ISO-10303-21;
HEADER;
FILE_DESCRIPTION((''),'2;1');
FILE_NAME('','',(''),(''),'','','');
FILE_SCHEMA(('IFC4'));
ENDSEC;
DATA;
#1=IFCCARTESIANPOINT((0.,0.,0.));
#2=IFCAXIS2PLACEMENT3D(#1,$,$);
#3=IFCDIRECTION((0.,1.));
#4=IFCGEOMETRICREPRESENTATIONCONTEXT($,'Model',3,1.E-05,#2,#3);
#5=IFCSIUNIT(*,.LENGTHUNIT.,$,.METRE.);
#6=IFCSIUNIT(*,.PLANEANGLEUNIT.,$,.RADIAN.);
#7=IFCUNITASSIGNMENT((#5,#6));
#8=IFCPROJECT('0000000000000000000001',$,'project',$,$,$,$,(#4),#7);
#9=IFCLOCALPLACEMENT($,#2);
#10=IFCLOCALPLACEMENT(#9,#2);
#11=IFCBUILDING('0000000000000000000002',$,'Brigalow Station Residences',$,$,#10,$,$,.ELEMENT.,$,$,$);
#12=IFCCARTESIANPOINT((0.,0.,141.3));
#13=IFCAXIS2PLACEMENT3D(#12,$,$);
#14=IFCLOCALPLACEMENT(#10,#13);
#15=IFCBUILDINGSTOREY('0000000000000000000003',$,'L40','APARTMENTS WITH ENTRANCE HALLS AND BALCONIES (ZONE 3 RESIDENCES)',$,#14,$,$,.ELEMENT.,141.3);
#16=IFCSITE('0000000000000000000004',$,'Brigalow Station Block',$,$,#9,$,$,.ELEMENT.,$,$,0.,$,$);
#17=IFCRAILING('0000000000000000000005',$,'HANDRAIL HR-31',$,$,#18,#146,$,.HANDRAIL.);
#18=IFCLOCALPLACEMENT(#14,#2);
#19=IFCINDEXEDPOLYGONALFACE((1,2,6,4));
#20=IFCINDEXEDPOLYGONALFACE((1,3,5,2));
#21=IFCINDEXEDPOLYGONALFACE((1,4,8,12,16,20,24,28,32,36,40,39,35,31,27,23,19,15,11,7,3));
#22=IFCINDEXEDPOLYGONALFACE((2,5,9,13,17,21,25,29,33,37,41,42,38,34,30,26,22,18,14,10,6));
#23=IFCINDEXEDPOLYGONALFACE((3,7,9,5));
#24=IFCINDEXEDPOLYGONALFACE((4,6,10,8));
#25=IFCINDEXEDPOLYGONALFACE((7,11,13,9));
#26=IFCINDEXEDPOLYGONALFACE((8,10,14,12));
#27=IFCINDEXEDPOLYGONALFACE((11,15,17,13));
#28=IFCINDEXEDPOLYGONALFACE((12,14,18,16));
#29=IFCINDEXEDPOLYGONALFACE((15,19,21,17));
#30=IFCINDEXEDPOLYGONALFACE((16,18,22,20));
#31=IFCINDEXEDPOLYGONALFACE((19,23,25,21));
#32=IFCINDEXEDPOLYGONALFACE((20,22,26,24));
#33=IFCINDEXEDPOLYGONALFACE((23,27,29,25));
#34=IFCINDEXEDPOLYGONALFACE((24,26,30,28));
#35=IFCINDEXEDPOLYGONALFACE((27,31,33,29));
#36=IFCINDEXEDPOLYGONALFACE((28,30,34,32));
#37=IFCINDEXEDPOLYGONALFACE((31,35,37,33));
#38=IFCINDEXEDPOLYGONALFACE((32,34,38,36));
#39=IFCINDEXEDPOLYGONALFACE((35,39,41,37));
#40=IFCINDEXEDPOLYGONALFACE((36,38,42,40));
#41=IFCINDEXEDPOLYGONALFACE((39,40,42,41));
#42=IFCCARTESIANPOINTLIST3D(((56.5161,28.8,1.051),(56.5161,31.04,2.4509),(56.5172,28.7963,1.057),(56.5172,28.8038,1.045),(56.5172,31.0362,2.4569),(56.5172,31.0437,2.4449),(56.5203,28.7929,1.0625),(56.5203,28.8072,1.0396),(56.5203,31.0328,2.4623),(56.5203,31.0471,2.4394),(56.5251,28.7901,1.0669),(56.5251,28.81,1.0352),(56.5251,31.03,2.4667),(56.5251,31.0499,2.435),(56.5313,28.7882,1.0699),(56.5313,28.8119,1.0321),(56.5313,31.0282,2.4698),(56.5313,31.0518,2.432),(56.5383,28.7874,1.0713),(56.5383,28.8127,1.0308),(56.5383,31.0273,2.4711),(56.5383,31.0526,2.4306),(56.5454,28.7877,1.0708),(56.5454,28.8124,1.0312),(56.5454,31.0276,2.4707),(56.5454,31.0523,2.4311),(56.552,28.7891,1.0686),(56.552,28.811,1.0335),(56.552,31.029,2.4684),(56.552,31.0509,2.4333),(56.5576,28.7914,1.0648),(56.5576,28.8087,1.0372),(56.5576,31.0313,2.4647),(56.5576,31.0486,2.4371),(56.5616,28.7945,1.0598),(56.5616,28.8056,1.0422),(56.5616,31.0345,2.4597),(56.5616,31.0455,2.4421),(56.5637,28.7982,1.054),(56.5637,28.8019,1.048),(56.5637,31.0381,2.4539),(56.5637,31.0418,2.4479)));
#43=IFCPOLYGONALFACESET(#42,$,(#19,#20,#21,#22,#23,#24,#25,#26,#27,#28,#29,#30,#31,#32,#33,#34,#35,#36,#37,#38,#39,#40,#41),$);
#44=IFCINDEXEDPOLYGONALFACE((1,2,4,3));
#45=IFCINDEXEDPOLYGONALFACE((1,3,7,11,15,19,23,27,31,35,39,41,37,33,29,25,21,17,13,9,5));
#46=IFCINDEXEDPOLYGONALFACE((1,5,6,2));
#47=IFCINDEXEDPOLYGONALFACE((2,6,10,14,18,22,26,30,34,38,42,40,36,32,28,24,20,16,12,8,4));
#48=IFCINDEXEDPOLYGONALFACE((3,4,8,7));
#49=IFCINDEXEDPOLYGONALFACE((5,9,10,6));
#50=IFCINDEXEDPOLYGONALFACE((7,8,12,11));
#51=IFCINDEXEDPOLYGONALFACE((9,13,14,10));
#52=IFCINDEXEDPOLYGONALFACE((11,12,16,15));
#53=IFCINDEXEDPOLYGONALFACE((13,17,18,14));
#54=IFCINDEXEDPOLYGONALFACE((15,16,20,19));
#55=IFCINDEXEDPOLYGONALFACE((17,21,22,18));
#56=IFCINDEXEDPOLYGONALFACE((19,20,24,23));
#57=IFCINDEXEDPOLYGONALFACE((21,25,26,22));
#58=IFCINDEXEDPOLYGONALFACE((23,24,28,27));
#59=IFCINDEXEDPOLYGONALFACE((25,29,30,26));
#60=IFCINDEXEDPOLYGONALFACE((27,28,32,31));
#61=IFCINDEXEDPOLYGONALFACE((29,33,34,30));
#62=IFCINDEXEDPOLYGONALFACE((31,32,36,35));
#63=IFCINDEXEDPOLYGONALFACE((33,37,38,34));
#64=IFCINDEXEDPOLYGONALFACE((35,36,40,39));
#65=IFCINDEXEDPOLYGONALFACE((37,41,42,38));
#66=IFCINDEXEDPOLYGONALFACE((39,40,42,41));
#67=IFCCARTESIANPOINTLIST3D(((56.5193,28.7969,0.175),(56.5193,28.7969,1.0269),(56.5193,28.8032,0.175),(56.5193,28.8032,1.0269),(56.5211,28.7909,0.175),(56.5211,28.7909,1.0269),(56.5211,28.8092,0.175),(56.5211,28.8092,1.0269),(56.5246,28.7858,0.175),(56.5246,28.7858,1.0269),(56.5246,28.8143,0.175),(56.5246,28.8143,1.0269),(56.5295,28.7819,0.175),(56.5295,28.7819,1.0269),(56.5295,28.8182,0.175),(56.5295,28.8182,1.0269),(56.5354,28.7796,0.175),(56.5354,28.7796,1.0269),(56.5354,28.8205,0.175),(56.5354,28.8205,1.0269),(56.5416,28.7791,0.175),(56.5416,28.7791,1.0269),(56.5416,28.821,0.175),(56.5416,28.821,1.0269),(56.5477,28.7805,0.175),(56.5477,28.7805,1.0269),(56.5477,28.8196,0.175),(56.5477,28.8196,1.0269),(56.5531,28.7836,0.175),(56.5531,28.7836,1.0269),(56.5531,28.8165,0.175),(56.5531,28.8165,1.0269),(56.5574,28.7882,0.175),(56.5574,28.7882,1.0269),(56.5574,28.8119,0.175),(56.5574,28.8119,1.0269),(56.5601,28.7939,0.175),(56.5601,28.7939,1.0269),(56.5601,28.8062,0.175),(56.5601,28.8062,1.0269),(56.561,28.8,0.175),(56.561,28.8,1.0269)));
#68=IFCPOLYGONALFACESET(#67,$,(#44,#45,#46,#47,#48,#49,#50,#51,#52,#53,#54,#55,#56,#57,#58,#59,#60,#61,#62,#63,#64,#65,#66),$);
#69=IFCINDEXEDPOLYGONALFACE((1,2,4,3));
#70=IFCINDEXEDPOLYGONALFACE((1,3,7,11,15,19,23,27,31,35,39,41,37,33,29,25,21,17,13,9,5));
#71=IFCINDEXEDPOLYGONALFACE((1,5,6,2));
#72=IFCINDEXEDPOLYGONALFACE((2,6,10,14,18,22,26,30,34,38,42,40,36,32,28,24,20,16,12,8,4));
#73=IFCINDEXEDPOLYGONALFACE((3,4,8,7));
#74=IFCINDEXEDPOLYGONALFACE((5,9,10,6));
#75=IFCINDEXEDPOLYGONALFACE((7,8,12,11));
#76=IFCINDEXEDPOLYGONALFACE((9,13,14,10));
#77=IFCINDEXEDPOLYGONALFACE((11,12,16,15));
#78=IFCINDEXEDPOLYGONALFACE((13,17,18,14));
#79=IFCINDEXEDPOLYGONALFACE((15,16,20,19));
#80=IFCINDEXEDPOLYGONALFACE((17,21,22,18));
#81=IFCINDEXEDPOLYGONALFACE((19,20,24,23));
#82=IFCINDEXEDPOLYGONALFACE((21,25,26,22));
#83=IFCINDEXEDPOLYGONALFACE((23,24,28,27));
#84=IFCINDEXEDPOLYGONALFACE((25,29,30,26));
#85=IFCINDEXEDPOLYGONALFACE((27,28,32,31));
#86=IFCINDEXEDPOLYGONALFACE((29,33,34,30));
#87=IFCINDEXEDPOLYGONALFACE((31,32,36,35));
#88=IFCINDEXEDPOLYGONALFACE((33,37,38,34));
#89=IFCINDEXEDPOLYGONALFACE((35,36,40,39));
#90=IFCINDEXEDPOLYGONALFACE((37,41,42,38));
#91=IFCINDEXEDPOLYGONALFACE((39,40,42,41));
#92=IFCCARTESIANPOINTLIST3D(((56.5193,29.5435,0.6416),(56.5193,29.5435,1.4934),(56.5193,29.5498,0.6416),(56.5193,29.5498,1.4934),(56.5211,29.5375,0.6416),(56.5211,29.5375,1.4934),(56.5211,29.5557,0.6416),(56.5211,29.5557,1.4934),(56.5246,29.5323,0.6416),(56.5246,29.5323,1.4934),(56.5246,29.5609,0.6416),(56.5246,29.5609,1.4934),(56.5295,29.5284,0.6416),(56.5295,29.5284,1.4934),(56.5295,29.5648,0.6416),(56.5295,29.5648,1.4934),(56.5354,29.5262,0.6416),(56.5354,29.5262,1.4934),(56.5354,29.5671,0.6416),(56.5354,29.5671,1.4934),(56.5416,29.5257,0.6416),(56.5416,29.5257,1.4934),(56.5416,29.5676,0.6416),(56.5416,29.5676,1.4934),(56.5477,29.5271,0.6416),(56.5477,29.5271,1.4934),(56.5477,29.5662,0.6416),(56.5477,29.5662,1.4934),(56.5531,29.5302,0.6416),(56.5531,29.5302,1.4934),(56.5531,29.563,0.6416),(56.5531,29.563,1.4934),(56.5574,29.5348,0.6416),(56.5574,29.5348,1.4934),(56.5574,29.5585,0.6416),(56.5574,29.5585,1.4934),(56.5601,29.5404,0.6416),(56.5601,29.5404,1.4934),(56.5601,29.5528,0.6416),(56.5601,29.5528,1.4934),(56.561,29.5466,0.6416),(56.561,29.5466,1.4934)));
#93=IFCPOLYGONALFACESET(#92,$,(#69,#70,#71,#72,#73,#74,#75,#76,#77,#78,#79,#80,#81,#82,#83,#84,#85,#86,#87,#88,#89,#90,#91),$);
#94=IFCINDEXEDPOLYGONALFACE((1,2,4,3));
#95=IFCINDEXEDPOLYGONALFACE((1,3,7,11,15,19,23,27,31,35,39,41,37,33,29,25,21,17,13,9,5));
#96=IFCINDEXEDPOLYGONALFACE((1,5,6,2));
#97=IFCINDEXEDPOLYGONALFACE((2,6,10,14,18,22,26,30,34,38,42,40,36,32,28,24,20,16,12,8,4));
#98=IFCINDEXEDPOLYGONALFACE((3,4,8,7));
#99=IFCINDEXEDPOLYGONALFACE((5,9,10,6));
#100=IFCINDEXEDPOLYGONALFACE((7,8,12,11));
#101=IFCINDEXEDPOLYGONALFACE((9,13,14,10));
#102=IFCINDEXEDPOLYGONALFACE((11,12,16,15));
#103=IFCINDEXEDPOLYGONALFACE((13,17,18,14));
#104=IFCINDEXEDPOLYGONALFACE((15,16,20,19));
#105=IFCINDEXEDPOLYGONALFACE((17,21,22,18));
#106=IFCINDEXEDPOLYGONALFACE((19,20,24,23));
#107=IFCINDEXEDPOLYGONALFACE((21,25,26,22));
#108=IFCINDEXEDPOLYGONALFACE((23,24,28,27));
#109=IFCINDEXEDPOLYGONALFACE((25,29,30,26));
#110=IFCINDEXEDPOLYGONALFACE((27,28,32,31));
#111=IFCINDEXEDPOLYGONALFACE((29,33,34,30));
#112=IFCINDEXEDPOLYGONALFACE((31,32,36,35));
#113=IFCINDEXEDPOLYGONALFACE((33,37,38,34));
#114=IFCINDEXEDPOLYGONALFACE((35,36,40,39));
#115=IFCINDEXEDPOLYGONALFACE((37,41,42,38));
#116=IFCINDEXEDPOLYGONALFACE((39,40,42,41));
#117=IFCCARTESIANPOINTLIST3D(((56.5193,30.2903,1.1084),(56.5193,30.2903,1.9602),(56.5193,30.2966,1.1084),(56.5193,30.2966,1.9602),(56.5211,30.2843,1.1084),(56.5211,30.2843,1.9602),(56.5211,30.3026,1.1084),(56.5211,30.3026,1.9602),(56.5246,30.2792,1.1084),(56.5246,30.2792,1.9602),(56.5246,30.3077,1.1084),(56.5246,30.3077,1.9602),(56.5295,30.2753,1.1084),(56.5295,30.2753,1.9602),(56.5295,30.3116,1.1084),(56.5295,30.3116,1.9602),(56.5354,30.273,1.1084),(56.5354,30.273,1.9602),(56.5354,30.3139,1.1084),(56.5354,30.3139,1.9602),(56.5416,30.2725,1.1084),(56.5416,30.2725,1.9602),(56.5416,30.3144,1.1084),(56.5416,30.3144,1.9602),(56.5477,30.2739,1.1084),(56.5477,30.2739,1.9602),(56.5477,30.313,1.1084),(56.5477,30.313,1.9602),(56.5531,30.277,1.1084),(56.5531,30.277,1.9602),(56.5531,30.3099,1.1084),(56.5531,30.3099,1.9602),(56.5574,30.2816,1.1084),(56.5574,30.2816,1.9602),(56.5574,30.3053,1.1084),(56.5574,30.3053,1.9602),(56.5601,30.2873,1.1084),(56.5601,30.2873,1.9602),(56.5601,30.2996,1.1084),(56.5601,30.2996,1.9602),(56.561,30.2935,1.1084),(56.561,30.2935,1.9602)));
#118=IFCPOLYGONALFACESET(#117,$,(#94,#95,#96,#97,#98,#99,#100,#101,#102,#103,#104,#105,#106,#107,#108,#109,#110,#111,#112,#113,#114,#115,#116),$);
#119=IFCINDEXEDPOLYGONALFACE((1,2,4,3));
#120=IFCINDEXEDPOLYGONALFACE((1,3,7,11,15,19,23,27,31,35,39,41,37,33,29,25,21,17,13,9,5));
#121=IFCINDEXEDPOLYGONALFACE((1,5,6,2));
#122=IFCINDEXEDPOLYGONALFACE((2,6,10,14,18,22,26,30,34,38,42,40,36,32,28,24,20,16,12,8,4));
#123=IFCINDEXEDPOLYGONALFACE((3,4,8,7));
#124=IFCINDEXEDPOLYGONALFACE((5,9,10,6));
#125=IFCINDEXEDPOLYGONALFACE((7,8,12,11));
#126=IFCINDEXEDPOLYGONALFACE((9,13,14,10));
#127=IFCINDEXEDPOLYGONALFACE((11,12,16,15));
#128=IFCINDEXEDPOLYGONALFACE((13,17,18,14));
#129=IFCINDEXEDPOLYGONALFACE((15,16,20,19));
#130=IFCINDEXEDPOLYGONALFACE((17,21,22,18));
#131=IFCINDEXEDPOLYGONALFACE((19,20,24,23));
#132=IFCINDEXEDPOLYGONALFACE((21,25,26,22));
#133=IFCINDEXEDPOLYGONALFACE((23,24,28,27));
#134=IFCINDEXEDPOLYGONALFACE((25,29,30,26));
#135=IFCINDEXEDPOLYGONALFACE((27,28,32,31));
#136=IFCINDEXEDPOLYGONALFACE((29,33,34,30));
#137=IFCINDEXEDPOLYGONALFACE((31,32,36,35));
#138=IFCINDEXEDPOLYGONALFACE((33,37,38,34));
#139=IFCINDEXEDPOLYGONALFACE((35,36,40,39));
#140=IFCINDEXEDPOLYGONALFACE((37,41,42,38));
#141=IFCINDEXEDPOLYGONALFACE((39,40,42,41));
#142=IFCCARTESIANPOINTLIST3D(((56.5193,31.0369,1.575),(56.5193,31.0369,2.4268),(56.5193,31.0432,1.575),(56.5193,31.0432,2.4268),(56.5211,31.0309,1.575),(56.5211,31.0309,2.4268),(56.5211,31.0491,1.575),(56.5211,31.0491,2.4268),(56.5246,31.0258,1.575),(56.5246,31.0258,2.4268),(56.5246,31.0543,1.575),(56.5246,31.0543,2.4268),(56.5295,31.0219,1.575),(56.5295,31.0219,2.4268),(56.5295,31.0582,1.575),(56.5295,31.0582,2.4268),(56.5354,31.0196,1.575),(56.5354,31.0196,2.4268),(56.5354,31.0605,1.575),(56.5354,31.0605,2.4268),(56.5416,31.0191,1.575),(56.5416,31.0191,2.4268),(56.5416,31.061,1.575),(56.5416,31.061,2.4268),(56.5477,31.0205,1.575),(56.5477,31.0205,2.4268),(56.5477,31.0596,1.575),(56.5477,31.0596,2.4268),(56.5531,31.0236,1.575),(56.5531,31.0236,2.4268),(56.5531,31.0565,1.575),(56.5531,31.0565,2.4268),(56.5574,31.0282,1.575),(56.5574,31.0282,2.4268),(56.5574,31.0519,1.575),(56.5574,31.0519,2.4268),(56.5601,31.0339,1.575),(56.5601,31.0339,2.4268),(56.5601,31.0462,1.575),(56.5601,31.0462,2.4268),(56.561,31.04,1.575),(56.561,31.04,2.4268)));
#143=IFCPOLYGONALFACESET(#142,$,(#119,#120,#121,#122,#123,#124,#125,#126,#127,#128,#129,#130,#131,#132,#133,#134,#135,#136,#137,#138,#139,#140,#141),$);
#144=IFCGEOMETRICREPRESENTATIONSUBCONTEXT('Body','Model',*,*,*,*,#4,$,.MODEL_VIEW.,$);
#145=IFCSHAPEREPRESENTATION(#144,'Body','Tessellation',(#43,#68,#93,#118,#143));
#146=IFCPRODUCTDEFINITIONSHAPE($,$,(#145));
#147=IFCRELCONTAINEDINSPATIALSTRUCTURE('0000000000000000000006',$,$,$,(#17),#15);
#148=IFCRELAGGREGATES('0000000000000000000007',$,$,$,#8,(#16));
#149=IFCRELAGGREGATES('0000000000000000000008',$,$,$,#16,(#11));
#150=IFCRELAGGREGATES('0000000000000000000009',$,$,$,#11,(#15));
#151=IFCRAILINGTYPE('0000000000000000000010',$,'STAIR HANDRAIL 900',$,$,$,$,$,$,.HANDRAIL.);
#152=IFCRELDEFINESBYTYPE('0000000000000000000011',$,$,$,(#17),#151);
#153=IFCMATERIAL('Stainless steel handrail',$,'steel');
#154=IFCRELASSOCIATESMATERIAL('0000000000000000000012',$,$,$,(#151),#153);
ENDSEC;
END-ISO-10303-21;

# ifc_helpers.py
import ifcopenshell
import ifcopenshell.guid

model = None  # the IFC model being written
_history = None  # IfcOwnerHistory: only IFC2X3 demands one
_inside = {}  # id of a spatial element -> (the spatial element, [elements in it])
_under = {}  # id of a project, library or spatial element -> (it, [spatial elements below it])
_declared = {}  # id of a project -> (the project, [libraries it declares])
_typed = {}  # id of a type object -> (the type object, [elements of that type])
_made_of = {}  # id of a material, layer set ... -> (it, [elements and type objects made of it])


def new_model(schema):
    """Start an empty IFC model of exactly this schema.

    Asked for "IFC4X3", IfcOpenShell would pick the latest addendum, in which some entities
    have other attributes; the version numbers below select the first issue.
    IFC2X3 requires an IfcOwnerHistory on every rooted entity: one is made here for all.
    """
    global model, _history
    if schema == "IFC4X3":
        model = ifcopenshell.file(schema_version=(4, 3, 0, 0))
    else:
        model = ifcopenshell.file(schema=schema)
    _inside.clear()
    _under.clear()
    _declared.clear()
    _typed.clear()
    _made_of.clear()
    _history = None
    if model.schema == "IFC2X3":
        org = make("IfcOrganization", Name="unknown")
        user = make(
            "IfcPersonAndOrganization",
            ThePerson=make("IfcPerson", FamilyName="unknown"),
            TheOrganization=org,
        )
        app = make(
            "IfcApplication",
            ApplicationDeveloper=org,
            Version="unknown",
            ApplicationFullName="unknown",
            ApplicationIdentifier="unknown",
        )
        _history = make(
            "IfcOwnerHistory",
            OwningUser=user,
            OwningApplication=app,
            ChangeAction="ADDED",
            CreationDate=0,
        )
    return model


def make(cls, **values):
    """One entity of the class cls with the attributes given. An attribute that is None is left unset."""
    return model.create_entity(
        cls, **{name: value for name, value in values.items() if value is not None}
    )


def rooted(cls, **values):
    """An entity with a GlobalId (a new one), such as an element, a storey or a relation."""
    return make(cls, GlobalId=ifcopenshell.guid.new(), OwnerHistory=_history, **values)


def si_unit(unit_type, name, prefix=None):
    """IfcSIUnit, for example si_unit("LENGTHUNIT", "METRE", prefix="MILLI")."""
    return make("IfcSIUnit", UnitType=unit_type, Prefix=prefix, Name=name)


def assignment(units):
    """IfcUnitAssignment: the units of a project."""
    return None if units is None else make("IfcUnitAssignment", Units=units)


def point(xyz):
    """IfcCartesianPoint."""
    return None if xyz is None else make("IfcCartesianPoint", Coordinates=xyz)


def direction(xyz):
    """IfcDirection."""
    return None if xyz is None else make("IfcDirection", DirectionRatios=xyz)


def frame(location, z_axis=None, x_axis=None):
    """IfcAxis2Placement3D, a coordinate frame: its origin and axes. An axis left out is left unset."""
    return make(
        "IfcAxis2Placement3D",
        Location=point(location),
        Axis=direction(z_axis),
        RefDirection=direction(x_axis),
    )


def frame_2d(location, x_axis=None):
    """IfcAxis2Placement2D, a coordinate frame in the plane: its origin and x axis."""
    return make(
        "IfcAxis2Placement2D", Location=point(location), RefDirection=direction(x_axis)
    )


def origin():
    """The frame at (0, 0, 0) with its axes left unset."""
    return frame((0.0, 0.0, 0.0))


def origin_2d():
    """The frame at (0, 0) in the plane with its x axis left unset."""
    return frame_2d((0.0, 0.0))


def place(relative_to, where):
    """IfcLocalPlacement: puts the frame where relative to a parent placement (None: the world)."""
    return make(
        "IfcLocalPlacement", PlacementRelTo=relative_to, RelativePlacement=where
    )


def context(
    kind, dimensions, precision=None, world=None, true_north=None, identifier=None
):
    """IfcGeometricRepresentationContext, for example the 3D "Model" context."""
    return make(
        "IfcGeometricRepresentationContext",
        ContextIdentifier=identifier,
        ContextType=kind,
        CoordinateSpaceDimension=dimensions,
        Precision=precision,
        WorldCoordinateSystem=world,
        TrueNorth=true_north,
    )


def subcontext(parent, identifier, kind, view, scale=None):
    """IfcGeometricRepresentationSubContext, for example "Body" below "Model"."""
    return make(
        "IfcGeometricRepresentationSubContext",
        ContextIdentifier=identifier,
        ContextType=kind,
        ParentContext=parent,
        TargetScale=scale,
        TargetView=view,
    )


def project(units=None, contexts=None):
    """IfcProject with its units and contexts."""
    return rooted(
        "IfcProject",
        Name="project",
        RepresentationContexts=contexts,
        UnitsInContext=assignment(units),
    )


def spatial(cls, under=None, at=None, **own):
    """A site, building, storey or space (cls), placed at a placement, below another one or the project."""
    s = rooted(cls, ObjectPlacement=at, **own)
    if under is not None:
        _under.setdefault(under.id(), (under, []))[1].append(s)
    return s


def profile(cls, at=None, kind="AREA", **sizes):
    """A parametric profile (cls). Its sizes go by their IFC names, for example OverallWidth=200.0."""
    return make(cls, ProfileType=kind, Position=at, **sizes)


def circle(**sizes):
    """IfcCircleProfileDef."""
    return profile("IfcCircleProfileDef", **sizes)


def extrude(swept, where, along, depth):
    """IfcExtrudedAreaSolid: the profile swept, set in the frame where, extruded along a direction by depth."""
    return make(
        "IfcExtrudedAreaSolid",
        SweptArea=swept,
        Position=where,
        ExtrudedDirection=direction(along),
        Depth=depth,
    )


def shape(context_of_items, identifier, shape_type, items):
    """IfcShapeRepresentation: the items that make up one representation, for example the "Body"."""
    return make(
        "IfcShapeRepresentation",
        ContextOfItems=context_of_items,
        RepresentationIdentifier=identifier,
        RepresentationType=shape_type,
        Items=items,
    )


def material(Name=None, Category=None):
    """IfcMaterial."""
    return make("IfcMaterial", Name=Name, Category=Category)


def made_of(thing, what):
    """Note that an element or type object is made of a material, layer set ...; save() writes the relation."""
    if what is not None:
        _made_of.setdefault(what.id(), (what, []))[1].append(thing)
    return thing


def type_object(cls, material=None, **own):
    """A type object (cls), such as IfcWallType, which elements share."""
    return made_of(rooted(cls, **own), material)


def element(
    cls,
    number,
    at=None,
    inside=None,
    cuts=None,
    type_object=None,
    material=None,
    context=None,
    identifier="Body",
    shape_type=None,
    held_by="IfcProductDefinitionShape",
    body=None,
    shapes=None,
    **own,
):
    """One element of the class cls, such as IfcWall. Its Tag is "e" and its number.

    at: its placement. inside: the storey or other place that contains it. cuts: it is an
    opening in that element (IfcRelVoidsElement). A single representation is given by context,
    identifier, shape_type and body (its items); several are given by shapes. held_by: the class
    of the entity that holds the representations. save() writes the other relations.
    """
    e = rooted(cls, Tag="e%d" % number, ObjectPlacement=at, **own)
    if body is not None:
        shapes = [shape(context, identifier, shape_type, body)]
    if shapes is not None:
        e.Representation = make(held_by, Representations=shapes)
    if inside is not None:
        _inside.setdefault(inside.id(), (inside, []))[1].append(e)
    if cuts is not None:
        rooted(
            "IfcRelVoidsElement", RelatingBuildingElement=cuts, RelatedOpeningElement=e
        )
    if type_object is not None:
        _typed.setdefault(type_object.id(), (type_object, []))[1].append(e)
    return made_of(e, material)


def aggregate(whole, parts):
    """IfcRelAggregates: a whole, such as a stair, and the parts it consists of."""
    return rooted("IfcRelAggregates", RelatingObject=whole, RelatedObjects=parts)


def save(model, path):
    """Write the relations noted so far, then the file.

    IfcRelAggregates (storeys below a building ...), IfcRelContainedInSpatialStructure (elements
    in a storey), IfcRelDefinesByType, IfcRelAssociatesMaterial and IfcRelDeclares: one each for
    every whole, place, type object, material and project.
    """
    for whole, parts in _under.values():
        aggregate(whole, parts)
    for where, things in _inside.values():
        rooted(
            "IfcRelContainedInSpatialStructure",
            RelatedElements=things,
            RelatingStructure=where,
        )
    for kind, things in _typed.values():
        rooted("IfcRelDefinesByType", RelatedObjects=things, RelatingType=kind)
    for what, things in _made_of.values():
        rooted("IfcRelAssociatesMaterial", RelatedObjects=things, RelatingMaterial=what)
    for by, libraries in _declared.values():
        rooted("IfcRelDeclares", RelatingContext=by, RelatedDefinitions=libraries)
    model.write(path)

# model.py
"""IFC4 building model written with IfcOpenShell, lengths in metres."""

from ifc_helpers import new_model, si_unit, direction, frame, origin, origin_2d, place, context, subcontext, project, spatial, circle, extrude, material, type_object, element, save


model = new_model("IFC4")

# Units and contexts
model_context = context("Model", 3, precision=1e-05, world=origin(), true_north=direction((0.0, 1.0)))
body_context = subcontext(model_context, "Body", "Model", "MODEL_VIEW")
ifc_project = project(units=[si_unit("LENGTHUNIT", "METRE"), si_unit("PLANEANGLEUNIT", "RADIAN")], contexts=[model_context])

# Site, building, storey
site_placement = place(None, origin())
site = spatial("IfcSite", under=ifc_project, at=site_placement, Name="Brigalow Station Block", CompositionType="ELEMENT", RefElevation=0.0)
building_placement = place(site_placement, origin())
building = spatial("IfcBuilding", under=site, at=building_placement, Name="Brigalow Station Residences", CompositionType="ELEMENT")
storey_placement = place(building_placement, frame((0.0, 0.0, 141.3)))
storey = spatial("IfcBuildingStorey", under=building, at=storey_placement, Name="L40", Description="APARTMENTS WITH ENTRANCE HALLS AND BALCONIES (ZONE 3 RESIDENCES)", CompositionType="ELEMENT", Elevation=141.3)

# Railing
ifc_material_1 = material(Name="Stainless steel handrail", Category="steel")
railing_type_1 = type_object("IfcRailingType", Name="STAIR HANDRAIL 900", PredefinedType="HANDRAIL", material=ifc_material_1)
railing_1_placement = place(storey_placement, frame((56.54, 28.8, 0.175)))
element("IfcRailing", 1, at=railing_1_placement, inside=storey, type_object=railing_type_1, Name="HANDRAIL HR-31", PredefinedType="HANDRAIL", context=body_context, shape_type="SweptSolid", body=[
    extrude(circle(Radius=0.0239, at=origin_2d()), frame((0.0, 0.0, 0.876), z_axis=(0.0, 0.848014, 0.529974), x_axis=(-1.0, 0.0, 0.0)), (0.0, 0.0, 1.0), 2.6414),
    extrude(circle(Radius=0.021, at=origin_2d()), origin(), (0.0, 0.0, 1.0), 0.8518),
    extrude(circle(Radius=0.021, at=origin_2d()), frame((0.0, 0.7466, 0.4666)), (0.0, 0.0, 1.0), 0.8518),
    extrude(circle(Radius=0.021, at=origin_2d()), frame((0.0, 1.4934, 0.9333)), (0.0, 0.0, 1.0), 0.8518),
    extrude(circle(Radius=0.021, at=origin_2d()), frame((0.0, 2.24, 1.3999)), (0.0, 0.0, 1.0), 0.8518),
])

save(model, "model.ifc")
